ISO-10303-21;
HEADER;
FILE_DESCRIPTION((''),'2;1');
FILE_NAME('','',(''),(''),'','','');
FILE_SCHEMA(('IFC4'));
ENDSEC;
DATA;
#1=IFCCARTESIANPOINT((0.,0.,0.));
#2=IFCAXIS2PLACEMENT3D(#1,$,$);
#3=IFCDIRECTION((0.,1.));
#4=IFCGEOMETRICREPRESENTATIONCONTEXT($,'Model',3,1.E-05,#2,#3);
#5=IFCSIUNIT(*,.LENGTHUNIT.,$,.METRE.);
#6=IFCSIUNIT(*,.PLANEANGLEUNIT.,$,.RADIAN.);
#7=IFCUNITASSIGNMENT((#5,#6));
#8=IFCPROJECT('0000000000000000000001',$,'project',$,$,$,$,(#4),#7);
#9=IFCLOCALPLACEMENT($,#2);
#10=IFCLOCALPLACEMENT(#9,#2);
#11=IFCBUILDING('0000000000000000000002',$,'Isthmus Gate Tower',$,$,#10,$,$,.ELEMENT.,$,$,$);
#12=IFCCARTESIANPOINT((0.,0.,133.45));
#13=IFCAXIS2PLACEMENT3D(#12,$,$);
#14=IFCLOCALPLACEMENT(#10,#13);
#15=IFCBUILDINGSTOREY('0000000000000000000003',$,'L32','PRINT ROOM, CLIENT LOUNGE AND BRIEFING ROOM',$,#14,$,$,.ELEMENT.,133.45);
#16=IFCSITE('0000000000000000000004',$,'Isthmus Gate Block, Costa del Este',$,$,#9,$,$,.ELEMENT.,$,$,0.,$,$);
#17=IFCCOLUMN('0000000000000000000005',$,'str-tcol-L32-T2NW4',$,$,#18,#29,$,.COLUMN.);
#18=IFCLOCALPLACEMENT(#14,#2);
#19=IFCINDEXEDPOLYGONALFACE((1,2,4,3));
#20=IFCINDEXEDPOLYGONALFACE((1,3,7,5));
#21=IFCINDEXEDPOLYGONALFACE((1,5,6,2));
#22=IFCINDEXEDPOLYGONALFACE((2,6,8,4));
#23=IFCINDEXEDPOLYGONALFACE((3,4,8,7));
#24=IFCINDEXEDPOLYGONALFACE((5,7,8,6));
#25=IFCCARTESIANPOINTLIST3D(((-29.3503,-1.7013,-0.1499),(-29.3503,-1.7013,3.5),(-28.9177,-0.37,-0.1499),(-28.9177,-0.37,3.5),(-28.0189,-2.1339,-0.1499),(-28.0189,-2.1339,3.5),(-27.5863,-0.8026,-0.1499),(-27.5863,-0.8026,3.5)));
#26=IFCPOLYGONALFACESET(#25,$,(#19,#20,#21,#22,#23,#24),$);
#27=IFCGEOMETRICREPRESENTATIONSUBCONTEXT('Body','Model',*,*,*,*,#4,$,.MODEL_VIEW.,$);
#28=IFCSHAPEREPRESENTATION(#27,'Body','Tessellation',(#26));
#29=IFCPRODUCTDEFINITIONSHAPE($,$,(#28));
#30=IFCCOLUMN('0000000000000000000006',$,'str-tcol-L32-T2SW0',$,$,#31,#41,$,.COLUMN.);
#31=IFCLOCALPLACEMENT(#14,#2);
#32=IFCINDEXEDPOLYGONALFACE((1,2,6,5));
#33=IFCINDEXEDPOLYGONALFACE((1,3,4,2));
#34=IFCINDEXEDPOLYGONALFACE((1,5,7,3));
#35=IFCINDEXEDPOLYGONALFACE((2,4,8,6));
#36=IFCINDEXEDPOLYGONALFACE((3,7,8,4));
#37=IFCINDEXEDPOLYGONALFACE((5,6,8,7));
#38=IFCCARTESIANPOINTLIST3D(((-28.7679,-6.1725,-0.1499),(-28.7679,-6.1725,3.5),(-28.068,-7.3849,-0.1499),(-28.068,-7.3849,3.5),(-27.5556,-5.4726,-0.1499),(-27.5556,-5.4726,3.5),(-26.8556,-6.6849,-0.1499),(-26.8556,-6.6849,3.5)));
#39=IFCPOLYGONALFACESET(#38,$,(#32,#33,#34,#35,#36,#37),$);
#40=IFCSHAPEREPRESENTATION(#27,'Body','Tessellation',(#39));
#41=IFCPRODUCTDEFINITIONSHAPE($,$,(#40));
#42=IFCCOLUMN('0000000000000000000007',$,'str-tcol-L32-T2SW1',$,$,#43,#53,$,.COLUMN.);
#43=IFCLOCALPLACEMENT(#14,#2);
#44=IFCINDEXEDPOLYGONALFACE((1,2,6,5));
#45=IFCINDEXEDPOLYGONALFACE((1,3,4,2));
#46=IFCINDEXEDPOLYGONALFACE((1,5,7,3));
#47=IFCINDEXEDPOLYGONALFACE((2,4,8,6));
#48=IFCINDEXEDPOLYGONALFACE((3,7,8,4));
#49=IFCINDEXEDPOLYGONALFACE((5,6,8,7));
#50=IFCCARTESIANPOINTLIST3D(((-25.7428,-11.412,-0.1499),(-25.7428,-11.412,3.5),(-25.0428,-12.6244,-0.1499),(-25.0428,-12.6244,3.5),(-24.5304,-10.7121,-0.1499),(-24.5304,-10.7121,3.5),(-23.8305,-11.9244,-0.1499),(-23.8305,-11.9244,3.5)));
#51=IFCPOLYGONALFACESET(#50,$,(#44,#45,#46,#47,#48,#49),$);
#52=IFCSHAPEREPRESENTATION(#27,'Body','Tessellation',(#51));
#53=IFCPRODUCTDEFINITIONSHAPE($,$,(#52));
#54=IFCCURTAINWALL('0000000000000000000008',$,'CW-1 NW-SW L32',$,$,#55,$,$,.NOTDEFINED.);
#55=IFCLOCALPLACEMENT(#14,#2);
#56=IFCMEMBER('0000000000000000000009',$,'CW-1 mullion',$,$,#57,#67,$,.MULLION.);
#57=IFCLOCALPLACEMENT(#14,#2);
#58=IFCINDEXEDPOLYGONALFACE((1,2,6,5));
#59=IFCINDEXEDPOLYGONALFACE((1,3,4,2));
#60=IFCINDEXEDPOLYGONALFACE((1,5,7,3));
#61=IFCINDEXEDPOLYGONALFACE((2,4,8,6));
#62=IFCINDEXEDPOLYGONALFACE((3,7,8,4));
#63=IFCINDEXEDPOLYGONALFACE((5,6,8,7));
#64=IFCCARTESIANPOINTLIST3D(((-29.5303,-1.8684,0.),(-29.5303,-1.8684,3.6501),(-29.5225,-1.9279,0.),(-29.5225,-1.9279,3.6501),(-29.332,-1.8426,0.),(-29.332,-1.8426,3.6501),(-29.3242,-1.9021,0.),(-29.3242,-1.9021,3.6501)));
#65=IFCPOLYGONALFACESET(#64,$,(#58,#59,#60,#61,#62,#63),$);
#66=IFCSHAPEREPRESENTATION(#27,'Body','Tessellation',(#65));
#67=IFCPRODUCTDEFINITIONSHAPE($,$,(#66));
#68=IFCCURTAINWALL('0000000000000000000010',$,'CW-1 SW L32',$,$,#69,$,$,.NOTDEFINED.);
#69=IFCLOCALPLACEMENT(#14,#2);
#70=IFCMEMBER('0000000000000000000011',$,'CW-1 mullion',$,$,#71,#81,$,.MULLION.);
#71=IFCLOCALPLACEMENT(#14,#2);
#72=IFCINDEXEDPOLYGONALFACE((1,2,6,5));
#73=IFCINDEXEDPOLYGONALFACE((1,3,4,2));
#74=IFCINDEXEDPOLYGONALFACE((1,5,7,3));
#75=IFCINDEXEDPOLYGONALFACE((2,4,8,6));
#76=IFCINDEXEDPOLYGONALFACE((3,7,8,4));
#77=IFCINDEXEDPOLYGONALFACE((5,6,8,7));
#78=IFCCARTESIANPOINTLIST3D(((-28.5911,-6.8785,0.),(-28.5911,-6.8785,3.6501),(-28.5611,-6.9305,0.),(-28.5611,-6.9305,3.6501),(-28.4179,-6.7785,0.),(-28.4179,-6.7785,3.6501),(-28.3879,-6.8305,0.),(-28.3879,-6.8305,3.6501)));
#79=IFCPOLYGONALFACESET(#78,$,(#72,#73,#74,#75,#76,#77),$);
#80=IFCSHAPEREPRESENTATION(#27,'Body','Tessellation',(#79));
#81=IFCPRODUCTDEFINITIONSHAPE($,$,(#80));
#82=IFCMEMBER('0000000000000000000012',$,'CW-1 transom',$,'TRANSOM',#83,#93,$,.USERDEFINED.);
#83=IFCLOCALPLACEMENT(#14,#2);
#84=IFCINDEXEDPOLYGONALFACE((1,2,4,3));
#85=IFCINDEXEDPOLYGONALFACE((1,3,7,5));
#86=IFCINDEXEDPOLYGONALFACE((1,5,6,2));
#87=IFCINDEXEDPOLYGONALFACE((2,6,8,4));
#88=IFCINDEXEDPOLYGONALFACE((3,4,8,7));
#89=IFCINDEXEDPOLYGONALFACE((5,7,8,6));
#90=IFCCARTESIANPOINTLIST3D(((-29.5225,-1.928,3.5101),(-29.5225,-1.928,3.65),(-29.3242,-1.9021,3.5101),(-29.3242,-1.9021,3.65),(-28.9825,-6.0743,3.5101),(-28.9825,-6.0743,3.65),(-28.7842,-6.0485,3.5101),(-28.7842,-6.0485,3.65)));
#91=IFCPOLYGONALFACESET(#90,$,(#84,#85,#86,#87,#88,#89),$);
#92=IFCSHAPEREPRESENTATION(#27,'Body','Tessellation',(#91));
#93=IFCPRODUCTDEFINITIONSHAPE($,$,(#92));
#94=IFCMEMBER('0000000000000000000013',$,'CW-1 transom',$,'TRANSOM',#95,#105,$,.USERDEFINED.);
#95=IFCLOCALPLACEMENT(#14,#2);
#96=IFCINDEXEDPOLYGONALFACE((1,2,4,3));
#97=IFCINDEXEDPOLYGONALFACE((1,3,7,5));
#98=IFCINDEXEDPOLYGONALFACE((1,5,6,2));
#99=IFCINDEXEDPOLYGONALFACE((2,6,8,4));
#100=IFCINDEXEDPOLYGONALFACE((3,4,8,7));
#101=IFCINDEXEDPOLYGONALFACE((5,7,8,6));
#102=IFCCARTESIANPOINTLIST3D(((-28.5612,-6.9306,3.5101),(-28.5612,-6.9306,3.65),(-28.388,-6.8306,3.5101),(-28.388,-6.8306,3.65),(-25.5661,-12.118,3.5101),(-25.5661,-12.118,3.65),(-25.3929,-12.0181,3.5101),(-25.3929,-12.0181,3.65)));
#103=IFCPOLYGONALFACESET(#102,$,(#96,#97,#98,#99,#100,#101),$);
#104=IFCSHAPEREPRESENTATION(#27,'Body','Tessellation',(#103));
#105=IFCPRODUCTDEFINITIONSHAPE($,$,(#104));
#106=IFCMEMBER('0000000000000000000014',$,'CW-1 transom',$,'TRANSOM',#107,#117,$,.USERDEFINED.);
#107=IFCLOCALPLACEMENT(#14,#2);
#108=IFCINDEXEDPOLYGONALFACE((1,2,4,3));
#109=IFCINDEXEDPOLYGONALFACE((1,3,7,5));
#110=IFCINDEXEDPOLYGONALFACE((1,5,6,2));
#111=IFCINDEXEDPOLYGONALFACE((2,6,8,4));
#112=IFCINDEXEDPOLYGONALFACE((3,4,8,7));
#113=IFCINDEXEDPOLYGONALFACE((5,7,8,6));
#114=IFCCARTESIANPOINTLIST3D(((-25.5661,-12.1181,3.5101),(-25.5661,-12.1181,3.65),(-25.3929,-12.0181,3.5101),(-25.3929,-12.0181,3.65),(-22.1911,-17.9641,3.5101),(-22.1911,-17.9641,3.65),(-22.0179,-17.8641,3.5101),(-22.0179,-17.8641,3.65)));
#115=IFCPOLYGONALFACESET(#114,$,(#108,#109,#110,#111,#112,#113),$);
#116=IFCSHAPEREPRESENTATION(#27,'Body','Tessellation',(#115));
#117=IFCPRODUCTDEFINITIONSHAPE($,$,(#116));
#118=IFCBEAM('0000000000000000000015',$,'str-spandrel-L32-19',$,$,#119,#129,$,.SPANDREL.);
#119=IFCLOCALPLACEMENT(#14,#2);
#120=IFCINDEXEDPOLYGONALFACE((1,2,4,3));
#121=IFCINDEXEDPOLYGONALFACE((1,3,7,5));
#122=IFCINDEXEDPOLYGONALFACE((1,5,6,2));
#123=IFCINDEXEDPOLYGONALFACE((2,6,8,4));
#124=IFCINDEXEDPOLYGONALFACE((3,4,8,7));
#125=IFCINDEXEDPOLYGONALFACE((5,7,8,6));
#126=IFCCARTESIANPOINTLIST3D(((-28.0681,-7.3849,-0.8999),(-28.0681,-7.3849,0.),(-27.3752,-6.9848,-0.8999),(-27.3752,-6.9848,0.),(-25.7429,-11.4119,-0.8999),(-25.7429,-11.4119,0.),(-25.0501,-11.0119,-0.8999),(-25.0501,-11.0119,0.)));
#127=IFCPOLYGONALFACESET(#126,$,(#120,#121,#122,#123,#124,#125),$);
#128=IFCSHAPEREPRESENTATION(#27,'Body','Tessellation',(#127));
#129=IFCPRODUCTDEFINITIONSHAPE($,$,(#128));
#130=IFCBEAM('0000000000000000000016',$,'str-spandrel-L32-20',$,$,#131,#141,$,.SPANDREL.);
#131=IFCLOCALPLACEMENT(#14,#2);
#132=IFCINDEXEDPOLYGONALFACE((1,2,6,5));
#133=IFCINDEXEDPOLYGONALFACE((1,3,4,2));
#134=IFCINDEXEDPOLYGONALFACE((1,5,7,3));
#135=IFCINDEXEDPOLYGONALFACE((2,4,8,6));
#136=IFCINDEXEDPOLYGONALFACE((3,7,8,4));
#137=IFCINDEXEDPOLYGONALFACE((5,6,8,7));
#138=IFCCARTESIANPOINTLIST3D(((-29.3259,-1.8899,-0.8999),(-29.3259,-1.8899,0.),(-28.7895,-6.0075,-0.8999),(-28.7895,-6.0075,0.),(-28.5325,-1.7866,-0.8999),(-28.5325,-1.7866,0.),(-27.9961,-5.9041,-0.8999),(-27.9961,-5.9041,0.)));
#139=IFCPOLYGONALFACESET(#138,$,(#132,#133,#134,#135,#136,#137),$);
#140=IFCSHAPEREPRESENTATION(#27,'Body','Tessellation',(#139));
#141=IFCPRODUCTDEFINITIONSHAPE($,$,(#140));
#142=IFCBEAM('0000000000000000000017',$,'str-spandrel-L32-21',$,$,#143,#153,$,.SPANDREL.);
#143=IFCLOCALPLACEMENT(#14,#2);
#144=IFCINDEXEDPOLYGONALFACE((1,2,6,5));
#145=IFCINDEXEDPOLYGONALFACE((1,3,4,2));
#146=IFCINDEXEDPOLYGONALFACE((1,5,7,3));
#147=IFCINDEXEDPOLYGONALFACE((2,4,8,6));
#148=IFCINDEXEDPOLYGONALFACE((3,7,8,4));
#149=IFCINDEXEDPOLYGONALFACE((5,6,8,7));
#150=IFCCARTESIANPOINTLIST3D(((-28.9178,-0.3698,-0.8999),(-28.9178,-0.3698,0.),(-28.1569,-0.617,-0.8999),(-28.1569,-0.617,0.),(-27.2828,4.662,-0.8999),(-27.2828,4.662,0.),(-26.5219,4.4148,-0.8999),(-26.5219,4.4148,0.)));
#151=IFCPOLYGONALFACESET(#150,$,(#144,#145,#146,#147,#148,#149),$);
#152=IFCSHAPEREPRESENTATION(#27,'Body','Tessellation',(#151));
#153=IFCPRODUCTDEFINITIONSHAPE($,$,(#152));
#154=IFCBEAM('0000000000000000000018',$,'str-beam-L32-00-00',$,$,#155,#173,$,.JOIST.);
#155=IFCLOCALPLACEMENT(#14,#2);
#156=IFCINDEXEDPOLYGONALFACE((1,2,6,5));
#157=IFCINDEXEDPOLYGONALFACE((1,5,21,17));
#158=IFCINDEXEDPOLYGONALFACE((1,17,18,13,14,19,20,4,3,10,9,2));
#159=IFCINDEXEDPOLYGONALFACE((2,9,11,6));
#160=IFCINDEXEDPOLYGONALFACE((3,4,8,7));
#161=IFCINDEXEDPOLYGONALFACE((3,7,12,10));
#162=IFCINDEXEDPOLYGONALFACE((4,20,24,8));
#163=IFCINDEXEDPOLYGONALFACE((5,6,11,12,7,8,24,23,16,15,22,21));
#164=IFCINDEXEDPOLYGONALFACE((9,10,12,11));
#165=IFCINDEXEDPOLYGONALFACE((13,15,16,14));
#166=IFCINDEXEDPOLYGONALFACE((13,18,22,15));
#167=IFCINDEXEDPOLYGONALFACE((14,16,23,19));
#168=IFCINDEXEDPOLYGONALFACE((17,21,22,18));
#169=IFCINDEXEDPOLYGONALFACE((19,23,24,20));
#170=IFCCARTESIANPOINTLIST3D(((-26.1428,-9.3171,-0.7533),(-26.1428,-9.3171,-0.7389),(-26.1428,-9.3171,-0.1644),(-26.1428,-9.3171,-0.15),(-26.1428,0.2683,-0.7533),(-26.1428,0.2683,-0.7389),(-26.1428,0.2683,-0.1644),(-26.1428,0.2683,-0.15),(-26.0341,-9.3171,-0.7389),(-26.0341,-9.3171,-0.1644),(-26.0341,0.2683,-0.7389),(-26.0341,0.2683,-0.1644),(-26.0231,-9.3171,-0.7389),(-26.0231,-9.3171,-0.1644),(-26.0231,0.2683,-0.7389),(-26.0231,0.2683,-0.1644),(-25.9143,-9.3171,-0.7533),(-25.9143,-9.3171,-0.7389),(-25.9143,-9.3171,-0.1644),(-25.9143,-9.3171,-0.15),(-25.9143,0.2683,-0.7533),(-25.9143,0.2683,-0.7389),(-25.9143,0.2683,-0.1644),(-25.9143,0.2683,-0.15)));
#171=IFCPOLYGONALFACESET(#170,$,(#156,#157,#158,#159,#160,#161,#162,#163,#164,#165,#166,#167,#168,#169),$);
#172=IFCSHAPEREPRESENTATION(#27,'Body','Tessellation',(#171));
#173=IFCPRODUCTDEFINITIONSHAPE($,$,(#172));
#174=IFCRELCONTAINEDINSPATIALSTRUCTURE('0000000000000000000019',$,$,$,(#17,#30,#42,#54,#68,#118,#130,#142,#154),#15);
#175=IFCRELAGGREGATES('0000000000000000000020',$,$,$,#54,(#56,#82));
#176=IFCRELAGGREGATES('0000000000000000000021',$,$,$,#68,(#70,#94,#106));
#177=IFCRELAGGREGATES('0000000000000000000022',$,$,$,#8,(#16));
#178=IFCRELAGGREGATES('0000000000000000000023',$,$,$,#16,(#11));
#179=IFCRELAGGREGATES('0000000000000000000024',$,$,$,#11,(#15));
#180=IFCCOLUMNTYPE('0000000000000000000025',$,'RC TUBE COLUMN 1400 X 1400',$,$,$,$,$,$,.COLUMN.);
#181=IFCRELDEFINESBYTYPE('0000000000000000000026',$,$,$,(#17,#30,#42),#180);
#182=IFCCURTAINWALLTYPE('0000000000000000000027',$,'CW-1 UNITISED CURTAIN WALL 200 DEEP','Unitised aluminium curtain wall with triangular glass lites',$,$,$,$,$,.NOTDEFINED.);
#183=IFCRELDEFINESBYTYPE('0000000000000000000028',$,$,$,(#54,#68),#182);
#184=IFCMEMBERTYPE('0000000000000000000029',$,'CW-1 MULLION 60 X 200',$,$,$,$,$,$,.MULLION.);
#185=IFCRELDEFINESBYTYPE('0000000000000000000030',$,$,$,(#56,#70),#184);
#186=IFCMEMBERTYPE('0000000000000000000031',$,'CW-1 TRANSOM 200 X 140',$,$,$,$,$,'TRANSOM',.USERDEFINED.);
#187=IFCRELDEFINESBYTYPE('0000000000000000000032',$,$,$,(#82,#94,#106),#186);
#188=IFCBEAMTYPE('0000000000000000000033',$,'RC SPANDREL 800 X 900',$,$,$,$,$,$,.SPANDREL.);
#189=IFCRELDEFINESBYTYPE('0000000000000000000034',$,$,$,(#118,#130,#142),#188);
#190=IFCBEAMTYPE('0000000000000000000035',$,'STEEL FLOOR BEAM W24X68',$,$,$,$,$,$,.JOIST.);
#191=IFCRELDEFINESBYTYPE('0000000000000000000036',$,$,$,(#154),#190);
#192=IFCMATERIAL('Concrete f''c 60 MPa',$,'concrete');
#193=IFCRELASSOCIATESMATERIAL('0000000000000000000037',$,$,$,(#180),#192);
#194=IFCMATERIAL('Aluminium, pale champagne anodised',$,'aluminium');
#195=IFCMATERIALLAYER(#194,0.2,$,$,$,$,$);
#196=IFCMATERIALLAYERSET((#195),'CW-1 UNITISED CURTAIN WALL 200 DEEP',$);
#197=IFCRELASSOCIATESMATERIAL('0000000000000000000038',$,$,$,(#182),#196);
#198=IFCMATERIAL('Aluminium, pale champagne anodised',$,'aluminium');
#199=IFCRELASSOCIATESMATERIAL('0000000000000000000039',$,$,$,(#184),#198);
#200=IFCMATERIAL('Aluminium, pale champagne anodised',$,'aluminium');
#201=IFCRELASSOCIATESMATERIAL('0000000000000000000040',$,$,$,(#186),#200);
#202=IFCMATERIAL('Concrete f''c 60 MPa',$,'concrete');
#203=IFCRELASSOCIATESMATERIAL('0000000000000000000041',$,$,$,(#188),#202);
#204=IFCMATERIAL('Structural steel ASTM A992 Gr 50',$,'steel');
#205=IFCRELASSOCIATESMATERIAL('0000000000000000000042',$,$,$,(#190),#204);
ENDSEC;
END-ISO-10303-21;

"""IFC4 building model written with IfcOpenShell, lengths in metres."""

from ifc_helpers import new_model, si_unit, direction, frame, origin, origin_2d, place, context, subcontext, project, spatial, rectangle, i_section, extrude, material, layer, layer_set, material_profile, profile_set, type_object, element, aggregate, save


model = new_model("IFC4")

# Units and contexts
model_context = context("Model", 3, precision=1e-05, world=origin(), true_north=direction((0.0, 1.0)))
body_context = subcontext(model_context, "Body", "Model", "MODEL_VIEW")
ifc_project = project(units=[si_unit("LENGTHUNIT", "METRE"), si_unit("PLANEANGLEUNIT", "RADIAN")], contexts=[model_context])

# Site, building, storey
site_placement = place(None, origin())
site = spatial("IfcSite", under=ifc_project, at=site_placement, Name="Isthmus Gate Block, Costa del Este", CompositionType="ELEMENT", RefElevation=0.0)
building_placement = place(site_placement, origin())
building = spatial("IfcBuilding", under=site, at=building_placement, Name="Isthmus Gate Tower", CompositionType="ELEMENT")
storey_placement = place(building_placement, frame((0.0, 0.0, 133.45)))
storey = spatial("IfcBuildingStorey", under=building, at=storey_placement, Name="L32", Description="PRINT ROOM, CLIENT LOUNGE AND BRIEFING ROOM", CompositionType="ELEMENT", Elevation=133.45)

# Columns
ifc_material_1 = material(Name="Concrete f'c 60 MPa", Category="concrete")
ifc_material_profile_1 = material_profile(ifc_material_1, rectangle(XDim=1.3999, YDim=1.3999, at=origin_2d()), Name="RC 1400X1400")
ifc_profile_set_1 = profile_set([ifc_material_profile_1], Name="Concrete f'c 60 MPa")
column_type = type_object("IfcColumnType", Name="RC TUBE COLUMN 1400 X 1400", PredefinedType="COLUMN", material=ifc_profile_set_1)
for number, where, z_axis, x_axis, name in (
    (1, (-28.4683, -1.252, -0.1499), (0.0, 0.0, 1.0), (-0.309017, -0.951057, 0.0), "str-tcol-L32-T2NW4"),
    (2, (-27.8118, -6.4287, -0.1499), (0.0, 0.0, 1.0), (0.5, -0.866025, 0.0), "str-tcol-L32-T2SW0"),
    (3, (-24.7866, -11.6682, -0.1499), (0.0, 0.0, 1.0), (0.5, -0.866025, 0.0), "str-tcol-L32-T2SW1"),
):
    element("IfcColumn", number, at=place(storey_placement, frame(where, z_axis=z_axis, x_axis=x_axis)), inside=storey, type_object=column_type, Name=name, PredefinedType="COLUMN", context=body_context, shape_type="SweptSolid", body=[
        extrude(rectangle(XDim=1.3999, YDim=1.3999, at=origin_2d()), origin(), (0.0, 0.0, 1.0), 3.6499),
    ])

# Curtain walls, members
ifc_material_2 = material(Name="Aluminium, pale champagne anodised", Category="aluminium")
ifc_layer_1 = layer(ifc_material_2, 0.2)
ifc_layer_set_1 = layer_set([ifc_layer_1], Name="CW-1 UNITISED CURTAIN WALL 200 DEEP")
curtain_wall_type = type_object("IfcCurtainWallType", Name="CW-1 UNITISED CURTAIN WALL 200 DEEP", Description="Unitised aluminium curtain wall with triangular glass lites", PredefinedType="NOTDEFINED", material=ifc_layer_set_1)
curtain_wall_1_placement = place(storey_placement, origin())
curtain_wall_1 = element("IfcCurtainWall", 4, at=curtain_wall_1_placement, inside=storey, type_object=curtain_wall_type, Name="CW-1 NW-SW L32", PredefinedType="NOTDEFINED")
ifc_material_3 = material(Name="Aluminium, pale champagne anodised", Category="aluminium")
ifc_material_profile_2 = material_profile(ifc_material_3, rectangle(XDim=0.0601, YDim=0.2, at=origin_2d()), Name="60x200")
ifc_profile_set_2 = profile_set([ifc_material_profile_2], Name="Aluminium, pale champagne anodised")
member_type_1 = type_object("IfcMemberType", Name="CW-1 MULLION 60 X 200", PredefinedType="MULLION", material=ifc_profile_set_2)
member_1_placement = place(storey_placement, frame((-29.4272, -1.8853, 0.0), z_axis=(0.0, 0.0, 1.0), x_axis=(0.129165, -0.991623, 0.0)))
member_1 = element("IfcMember", 5, at=member_1_placement, type_object=member_type_1, Name="CW-1 mullion", PredefinedType="MULLION", context=body_context, shape_type="SweptSolid", body=[
    extrude(rectangle(XDim=0.0601, YDim=0.2, at=origin_2d()), origin(), (0.0, 0.0, 1.0), 3.6501),
])
curtain_wall_2_placement = place(storey_placement, origin())
curtain_wall_2 = element("IfcCurtainWall", 6, at=curtain_wall_2_placement, inside=storey, type_object=curtain_wall_type, Name="CW-1 SW L32", PredefinedType="NOTDEFINED")
member_2_placement = place(storey_placement, frame((-28.4895, -6.8545, 0.0), z_axis=(0.0, 0.0, 1.0), x_axis=(0.5, -0.866025, 0.0)))
member_2 = element("IfcMember", 7, at=member_2_placement, type_object=member_type_1, Name="CW-1 mullion", PredefinedType="MULLION", context=body_context, shape_type="SweptSolid", body=[
    extrude(rectangle(XDim=0.0601, YDim=0.2, at=origin_2d()), origin(), (0.0, 0.0, 1.0), 3.6501),
])

# Members
ifc_material_4 = material(Name="Aluminium, pale champagne anodised", Category="aluminium")
ifc_material_profile_3 = material_profile(ifc_material_4, rectangle(XDim=0.2, YDim=0.1399, at=origin_2d()), Name="200x140")
ifc_profile_set_3 = profile_set([ifc_material_profile_3], Name="Aluminium, pale champagne anodised")
member_type_2 = type_object("IfcMemberType", Name="CW-1 TRANSOM 200 X 140", ElementType="TRANSOM", PredefinedType="USERDEFINED", material=ifc_profile_set_3)
member_3_placement = place(storey_placement, frame((-29.4233, -1.915, 3.5801), z_axis=(0.129149, -0.991625, 0.0), x_axis=(0.991625, 0.129149, 0.0)))
member_3 = element("IfcMember", 8, at=member_3_placement, type_object=member_type_2, Name="CW-1 transom", ObjectType="TRANSOM", PredefinedType="USERDEFINED", context=body_context, shape_type="SweptSolid", body=[
    extrude(rectangle(XDim=0.2, YDim=0.1399, at=origin_2d()), origin(), (0.0, 0.0, 1.0), 4.1814),
])
member_4_placement = place(storey_placement, frame((-28.4746, -6.8806, 3.5801), z_axis=(0.500014, -0.866017, 0.0), x_axis=(0.866017, 0.500014, 0.0)))
member_4 = element("IfcMember", 9, at=member_4_placement, type_object=member_type_2, Name="CW-1 transom", ObjectType="TRANSOM", PredefinedType="USERDEFINED", context=body_context, shape_type="SweptSolid", body=[
    extrude(rectangle(XDim=0.2, YDim=0.1399, at=origin_2d()), origin(), (0.0, 0.0, 1.0), 5.99),
])
member_5_placement = place(storey_placement, frame((-25.4795, -12.0681, 3.5801), z_axis=(0.499982, -0.866036, 0.0), x_axis=(0.866036, 0.499982, 0.0)))
member_5 = element("IfcMember", 10, at=member_5_placement, type_object=member_type_2, Name="CW-1 transom", ObjectType="TRANSOM", PredefinedType="USERDEFINED", context=body_context, shape_type="SweptSolid", body=[
    extrude(rectangle(XDim=0.2, YDim=0.1399, at=origin_2d()), origin(), (0.0, 0.0, 1.0), 6.7502),
])

# Beams
ifc_material_5 = material(Name="Concrete f'c 60 MPa", Category="concrete")
ifc_material_profile_4 = material_profile(ifc_material_5, rectangle(XDim=0.8, YDim=0.8999, at=origin_2d()), Name="RC 800X900")
ifc_profile_set_4 = profile_set([ifc_material_profile_4], Name="Concrete f'c 60 MPa")
beam_type_1 = type_object("IfcBeamType", Name="RC SPANDREL 800 X 900", PredefinedType="SPANDREL", material=ifc_profile_set_4)
beam_1_placement = place(storey_placement, frame((-25.3965, -11.2119, -0.45), z_axis=(-0.500024, 0.866012, 0.0), x_axis=(-0.866012, -0.500024, 0.0)))
element("IfcBeam", 11, at=beam_1_placement, inside=storey, type_object=beam_type_1, Name="str-spandrel-L32-19", PredefinedType="SPANDREL", context=body_context, shape_type="SweptSolid", body=[
    extrude(rectangle(XDim=0.8, YDim=0.8999, at=origin_2d()), origin(), (0.0, 0.0, 1.0), 4.6501),
])
beam_2_placement = place(storey_placement, frame((-28.3928, -5.9558, -0.45), z_axis=(-0.129171, 0.991622, 0.0), x_axis=(-0.991622, -0.129171, 0.0)))
element("IfcBeam", 12, at=beam_2_placement, inside=storey, type_object=beam_type_1, Name="str-spandrel-L32-20", PredefinedType="SPANDREL", context=body_context, shape_type="SweptSolid", body=[
    extrude(rectangle(XDim=0.8, YDim=0.8999, at=origin_2d()), origin(), (0.0, 0.0, 1.0), 4.1523),
])
beam_3_placement = place(storey_placement, frame((-28.5374, -0.4934, -0.45), z_axis=(0.309034, 0.951051, 0.0), x_axis=(-0.951051, 0.309034, 0.0)))
element("IfcBeam", 13, at=beam_3_placement, inside=storey, type_object=beam_type_1, Name="str-spandrel-L32-21", PredefinedType="SPANDREL", context=body_context, shape_type="SweptSolid", body=[
    extrude(rectangle(XDim=0.8, YDim=0.8999, at=origin_2d()), origin(), (0.0, 0.0, 1.0), 5.2908),
])
ifc_material_6 = material(Name="Structural steel ASTM A992 Gr 50", Category="steel")
ifc_material_profile_5 = material_profile(ifc_material_6, i_section(OverallWidth=0.2285, OverallDepth=0.6033, WebThickness=0.011, FlangeThickness=0.0144, at=origin_2d()), Name="W24X68")
ifc_profile_set_5 = profile_set([ifc_material_profile_5], Name="Structural steel ASTM A992 Gr 50")
beam_type_2 = type_object("IfcBeamType", Name="STEEL FLOOR BEAM W24X68", PredefinedType="JOIST", material=ifc_profile_set_5)
beam_4_placement = place(storey_placement, frame((-26.0286, -9.3171, -0.4517), z_axis=(0.0, 1.0, 0.0), x_axis=(-1.0, 0.0, 0.0)))
element("IfcBeam", 14, at=beam_4_placement, inside=storey, type_object=beam_type_2, Name="str-beam-L32-00-00", PredefinedType="JOIST", context=body_context, shape_type="SweptSolid", body=[
    extrude(i_section(OverallWidth=0.2285, OverallDepth=0.6033, WebThickness=0.011, FlangeThickness=0.0144, at=origin_2d()), origin(), (0.0, 0.0, 1.0), 9.5854),
])

aggregate(curtain_wall_1, [member_1, member_3])
aggregate(curtain_wall_2, [member_2, member_4, member_5])

save(model, "model.ifc")
